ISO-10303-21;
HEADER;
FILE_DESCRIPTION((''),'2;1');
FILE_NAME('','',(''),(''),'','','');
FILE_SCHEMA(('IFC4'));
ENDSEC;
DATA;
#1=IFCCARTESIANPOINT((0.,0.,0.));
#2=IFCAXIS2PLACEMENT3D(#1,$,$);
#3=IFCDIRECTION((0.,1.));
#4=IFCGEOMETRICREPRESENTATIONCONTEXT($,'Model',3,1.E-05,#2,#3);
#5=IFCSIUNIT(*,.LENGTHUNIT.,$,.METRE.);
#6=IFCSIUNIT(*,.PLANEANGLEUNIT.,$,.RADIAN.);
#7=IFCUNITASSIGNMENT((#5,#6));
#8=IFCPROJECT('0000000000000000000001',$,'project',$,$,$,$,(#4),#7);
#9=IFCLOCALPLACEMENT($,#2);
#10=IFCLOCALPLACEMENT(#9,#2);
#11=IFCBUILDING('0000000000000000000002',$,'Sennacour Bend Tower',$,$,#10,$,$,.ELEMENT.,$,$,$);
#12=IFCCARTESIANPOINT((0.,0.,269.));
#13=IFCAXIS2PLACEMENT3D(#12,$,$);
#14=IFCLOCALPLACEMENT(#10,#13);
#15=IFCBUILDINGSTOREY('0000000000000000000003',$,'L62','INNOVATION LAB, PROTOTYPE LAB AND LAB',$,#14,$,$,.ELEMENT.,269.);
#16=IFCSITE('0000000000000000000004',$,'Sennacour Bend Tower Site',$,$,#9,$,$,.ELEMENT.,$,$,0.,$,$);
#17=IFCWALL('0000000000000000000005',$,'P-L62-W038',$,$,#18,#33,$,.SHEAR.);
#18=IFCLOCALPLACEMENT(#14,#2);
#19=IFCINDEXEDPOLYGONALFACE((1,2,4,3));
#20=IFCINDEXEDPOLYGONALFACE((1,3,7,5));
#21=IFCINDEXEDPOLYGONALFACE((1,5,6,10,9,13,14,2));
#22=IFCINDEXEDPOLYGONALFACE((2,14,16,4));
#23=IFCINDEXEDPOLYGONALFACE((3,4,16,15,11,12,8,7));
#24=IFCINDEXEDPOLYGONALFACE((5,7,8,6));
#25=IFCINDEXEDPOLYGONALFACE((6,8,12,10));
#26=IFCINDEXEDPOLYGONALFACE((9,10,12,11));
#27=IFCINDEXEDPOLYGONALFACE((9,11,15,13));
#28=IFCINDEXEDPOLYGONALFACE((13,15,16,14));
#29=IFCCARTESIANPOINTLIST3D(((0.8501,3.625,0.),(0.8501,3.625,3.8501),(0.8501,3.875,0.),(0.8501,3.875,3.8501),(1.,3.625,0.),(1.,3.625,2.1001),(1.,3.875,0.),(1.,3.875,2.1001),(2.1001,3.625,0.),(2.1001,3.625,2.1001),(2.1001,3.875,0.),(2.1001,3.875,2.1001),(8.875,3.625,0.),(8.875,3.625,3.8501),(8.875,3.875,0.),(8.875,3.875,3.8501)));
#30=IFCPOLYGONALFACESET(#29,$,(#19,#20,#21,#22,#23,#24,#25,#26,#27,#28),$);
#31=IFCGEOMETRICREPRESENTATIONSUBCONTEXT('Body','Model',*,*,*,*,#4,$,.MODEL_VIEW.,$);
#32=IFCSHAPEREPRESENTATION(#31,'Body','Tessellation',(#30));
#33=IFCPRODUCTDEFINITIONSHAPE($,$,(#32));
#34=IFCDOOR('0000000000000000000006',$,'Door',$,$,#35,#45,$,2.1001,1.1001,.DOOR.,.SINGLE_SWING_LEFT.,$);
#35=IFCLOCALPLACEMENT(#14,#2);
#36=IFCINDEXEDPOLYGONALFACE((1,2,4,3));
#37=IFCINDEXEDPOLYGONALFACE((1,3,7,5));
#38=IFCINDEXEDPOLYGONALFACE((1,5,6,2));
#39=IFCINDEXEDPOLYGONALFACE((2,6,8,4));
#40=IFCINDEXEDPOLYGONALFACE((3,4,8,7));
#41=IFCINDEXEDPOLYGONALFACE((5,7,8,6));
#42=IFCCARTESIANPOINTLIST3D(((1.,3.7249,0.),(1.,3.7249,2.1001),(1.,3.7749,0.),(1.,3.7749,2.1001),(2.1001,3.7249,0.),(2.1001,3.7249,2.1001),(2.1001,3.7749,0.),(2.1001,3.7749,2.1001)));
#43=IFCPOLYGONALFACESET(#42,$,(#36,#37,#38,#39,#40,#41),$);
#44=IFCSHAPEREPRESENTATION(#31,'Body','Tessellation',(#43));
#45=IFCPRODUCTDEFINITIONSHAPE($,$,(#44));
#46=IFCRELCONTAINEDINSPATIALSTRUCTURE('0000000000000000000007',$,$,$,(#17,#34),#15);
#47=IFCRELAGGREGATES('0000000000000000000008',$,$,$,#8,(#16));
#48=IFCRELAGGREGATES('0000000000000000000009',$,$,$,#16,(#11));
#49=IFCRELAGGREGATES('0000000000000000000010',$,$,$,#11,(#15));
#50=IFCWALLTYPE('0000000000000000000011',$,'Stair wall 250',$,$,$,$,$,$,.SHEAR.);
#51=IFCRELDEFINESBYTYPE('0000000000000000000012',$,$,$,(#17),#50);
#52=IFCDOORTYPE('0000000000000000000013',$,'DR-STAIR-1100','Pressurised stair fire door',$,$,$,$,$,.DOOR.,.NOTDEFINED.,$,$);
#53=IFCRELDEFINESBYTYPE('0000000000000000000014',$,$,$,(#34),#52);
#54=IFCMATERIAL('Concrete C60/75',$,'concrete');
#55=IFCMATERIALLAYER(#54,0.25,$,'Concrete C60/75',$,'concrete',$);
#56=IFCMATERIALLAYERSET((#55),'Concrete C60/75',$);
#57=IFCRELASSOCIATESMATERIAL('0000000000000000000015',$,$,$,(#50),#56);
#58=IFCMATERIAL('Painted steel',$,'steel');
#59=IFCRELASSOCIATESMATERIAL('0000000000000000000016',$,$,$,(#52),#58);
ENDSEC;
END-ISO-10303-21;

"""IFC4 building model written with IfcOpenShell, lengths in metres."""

from ifc_helpers import new_model, si_unit, direction, frame, frame_2d, origin, place, context, subcontext, project, spatial, rectangle, extrude, material, layer, layer_set, type_object, element, fill, save


model = new_model("IFC4")

# Units and contexts
model_context = context("Model", 3, precision=1e-05, world=origin(), true_north=direction((0.0, 1.0)))
body_context = subcontext(model_context, "Body", "Model", "MODEL_VIEW")
ifc_project = project(units=[si_unit("LENGTHUNIT", "METRE"), si_unit("PLANEANGLEUNIT", "RADIAN")], contexts=[model_context])

# Site, building, storey
site_placement = place(None, origin())
site = spatial("IfcSite", under=ifc_project, at=site_placement, Name="Sennacour Bend Tower Site", CompositionType="ELEMENT", RefElevation=0.0)
building_placement = place(site_placement, origin())
building = spatial("IfcBuilding", under=site, at=building_placement, Name="Sennacour Bend Tower", CompositionType="ELEMENT")
storey_placement = place(building_placement, frame((0.0, 0.0, 269.0)))
storey = spatial("IfcBuildingStorey", under=building, at=storey_placement, Name="L62", Description="INNOVATION LAB, PROTOTYPE LAB AND LAB", CompositionType="ELEMENT", Elevation=269.0)

# Shared definitions
ifc_material_1 = material(Name="Painted steel", Category="steel")

# Wall, opening, door
ifc_material_2 = material(Name="Concrete C60/75", Category="concrete")
ifc_layer_1 = layer(ifc_material_2, 0.25, Name="Concrete C60/75", Category="concrete")
ifc_layer_set_1 = layer_set([ifc_layer_1], Name="Concrete C60/75")
wall_type_1 = type_object("IfcWallType", Name="Stair wall 250", PredefinedType="SHEAR", material=ifc_layer_set_1)
wall_1_placement = place(storey_placement, frame((0.8501, 3.75, 0.0), z_axis=(0.0, 0.0, 1.0), x_axis=(1.0, 0.0, 0.0)))
wall_1 = element("IfcWall", 1, at=wall_1_placement, inside=storey, type_object=wall_type_1, Name="P-L62-W038", PredefinedType="SHEAR", context=body_context, shape_type="SweptSolid", body=[
    extrude(rectangle(XDim=8.0249, YDim=0.25, at=frame_2d((4.0125, 0.0))), origin(), (0.0, 0.0, 1.0), 3.8501),
])
opening_1_placement = place(wall_1_placement, frame((0.1499, 0.0, 0.0)))
opening_1 = element("IfcOpeningElement", 2, at=opening_1_placement, cuts=wall_1, PredefinedType="OPENING", context=body_context, shape_type="SweptSolid", body=[
    extrude(rectangle(XDim=1.1001, YDim=2.1001, at=frame_2d((0.55, 1.05))), frame((0.0, 0.135, 0.0), z_axis=(0.0, -1.0, 0.0), x_axis=(1.0, 0.0, 0.0)), (0.0, 0.0, 1.0), 0.27),
])
door_type_1 = type_object("IfcDoorType", Name="DR-STAIR-1100", Description="Pressurised stair fire door", OperationType="NOTDEFINED", PredefinedType="DOOR", material=ifc_material_1)
door_1_placement = place(opening_1_placement, origin())
door_1 = element("IfcDoor", 3, at=door_1_placement, inside=storey, type_object=door_type_1, Name="Door", OperationType="SINGLE_SWING_LEFT", OverallHeight=2.1001, OverallWidth=1.1001, PredefinedType="DOOR", context=body_context, shape_type="SweptSolid", body=[
    extrude(rectangle(XDim=1.1001, YDim=2.1001, at=frame_2d((0.55, 1.05))), frame((0.0, 0.0249, 0.0), z_axis=(0.0, -1.0, 0.0), x_axis=(1.0, 0.0, 0.0)), (0.0, 0.0, 1.0), 0.05),
])
fill(opening_1, door_1)

save(model, "model.ifc")
